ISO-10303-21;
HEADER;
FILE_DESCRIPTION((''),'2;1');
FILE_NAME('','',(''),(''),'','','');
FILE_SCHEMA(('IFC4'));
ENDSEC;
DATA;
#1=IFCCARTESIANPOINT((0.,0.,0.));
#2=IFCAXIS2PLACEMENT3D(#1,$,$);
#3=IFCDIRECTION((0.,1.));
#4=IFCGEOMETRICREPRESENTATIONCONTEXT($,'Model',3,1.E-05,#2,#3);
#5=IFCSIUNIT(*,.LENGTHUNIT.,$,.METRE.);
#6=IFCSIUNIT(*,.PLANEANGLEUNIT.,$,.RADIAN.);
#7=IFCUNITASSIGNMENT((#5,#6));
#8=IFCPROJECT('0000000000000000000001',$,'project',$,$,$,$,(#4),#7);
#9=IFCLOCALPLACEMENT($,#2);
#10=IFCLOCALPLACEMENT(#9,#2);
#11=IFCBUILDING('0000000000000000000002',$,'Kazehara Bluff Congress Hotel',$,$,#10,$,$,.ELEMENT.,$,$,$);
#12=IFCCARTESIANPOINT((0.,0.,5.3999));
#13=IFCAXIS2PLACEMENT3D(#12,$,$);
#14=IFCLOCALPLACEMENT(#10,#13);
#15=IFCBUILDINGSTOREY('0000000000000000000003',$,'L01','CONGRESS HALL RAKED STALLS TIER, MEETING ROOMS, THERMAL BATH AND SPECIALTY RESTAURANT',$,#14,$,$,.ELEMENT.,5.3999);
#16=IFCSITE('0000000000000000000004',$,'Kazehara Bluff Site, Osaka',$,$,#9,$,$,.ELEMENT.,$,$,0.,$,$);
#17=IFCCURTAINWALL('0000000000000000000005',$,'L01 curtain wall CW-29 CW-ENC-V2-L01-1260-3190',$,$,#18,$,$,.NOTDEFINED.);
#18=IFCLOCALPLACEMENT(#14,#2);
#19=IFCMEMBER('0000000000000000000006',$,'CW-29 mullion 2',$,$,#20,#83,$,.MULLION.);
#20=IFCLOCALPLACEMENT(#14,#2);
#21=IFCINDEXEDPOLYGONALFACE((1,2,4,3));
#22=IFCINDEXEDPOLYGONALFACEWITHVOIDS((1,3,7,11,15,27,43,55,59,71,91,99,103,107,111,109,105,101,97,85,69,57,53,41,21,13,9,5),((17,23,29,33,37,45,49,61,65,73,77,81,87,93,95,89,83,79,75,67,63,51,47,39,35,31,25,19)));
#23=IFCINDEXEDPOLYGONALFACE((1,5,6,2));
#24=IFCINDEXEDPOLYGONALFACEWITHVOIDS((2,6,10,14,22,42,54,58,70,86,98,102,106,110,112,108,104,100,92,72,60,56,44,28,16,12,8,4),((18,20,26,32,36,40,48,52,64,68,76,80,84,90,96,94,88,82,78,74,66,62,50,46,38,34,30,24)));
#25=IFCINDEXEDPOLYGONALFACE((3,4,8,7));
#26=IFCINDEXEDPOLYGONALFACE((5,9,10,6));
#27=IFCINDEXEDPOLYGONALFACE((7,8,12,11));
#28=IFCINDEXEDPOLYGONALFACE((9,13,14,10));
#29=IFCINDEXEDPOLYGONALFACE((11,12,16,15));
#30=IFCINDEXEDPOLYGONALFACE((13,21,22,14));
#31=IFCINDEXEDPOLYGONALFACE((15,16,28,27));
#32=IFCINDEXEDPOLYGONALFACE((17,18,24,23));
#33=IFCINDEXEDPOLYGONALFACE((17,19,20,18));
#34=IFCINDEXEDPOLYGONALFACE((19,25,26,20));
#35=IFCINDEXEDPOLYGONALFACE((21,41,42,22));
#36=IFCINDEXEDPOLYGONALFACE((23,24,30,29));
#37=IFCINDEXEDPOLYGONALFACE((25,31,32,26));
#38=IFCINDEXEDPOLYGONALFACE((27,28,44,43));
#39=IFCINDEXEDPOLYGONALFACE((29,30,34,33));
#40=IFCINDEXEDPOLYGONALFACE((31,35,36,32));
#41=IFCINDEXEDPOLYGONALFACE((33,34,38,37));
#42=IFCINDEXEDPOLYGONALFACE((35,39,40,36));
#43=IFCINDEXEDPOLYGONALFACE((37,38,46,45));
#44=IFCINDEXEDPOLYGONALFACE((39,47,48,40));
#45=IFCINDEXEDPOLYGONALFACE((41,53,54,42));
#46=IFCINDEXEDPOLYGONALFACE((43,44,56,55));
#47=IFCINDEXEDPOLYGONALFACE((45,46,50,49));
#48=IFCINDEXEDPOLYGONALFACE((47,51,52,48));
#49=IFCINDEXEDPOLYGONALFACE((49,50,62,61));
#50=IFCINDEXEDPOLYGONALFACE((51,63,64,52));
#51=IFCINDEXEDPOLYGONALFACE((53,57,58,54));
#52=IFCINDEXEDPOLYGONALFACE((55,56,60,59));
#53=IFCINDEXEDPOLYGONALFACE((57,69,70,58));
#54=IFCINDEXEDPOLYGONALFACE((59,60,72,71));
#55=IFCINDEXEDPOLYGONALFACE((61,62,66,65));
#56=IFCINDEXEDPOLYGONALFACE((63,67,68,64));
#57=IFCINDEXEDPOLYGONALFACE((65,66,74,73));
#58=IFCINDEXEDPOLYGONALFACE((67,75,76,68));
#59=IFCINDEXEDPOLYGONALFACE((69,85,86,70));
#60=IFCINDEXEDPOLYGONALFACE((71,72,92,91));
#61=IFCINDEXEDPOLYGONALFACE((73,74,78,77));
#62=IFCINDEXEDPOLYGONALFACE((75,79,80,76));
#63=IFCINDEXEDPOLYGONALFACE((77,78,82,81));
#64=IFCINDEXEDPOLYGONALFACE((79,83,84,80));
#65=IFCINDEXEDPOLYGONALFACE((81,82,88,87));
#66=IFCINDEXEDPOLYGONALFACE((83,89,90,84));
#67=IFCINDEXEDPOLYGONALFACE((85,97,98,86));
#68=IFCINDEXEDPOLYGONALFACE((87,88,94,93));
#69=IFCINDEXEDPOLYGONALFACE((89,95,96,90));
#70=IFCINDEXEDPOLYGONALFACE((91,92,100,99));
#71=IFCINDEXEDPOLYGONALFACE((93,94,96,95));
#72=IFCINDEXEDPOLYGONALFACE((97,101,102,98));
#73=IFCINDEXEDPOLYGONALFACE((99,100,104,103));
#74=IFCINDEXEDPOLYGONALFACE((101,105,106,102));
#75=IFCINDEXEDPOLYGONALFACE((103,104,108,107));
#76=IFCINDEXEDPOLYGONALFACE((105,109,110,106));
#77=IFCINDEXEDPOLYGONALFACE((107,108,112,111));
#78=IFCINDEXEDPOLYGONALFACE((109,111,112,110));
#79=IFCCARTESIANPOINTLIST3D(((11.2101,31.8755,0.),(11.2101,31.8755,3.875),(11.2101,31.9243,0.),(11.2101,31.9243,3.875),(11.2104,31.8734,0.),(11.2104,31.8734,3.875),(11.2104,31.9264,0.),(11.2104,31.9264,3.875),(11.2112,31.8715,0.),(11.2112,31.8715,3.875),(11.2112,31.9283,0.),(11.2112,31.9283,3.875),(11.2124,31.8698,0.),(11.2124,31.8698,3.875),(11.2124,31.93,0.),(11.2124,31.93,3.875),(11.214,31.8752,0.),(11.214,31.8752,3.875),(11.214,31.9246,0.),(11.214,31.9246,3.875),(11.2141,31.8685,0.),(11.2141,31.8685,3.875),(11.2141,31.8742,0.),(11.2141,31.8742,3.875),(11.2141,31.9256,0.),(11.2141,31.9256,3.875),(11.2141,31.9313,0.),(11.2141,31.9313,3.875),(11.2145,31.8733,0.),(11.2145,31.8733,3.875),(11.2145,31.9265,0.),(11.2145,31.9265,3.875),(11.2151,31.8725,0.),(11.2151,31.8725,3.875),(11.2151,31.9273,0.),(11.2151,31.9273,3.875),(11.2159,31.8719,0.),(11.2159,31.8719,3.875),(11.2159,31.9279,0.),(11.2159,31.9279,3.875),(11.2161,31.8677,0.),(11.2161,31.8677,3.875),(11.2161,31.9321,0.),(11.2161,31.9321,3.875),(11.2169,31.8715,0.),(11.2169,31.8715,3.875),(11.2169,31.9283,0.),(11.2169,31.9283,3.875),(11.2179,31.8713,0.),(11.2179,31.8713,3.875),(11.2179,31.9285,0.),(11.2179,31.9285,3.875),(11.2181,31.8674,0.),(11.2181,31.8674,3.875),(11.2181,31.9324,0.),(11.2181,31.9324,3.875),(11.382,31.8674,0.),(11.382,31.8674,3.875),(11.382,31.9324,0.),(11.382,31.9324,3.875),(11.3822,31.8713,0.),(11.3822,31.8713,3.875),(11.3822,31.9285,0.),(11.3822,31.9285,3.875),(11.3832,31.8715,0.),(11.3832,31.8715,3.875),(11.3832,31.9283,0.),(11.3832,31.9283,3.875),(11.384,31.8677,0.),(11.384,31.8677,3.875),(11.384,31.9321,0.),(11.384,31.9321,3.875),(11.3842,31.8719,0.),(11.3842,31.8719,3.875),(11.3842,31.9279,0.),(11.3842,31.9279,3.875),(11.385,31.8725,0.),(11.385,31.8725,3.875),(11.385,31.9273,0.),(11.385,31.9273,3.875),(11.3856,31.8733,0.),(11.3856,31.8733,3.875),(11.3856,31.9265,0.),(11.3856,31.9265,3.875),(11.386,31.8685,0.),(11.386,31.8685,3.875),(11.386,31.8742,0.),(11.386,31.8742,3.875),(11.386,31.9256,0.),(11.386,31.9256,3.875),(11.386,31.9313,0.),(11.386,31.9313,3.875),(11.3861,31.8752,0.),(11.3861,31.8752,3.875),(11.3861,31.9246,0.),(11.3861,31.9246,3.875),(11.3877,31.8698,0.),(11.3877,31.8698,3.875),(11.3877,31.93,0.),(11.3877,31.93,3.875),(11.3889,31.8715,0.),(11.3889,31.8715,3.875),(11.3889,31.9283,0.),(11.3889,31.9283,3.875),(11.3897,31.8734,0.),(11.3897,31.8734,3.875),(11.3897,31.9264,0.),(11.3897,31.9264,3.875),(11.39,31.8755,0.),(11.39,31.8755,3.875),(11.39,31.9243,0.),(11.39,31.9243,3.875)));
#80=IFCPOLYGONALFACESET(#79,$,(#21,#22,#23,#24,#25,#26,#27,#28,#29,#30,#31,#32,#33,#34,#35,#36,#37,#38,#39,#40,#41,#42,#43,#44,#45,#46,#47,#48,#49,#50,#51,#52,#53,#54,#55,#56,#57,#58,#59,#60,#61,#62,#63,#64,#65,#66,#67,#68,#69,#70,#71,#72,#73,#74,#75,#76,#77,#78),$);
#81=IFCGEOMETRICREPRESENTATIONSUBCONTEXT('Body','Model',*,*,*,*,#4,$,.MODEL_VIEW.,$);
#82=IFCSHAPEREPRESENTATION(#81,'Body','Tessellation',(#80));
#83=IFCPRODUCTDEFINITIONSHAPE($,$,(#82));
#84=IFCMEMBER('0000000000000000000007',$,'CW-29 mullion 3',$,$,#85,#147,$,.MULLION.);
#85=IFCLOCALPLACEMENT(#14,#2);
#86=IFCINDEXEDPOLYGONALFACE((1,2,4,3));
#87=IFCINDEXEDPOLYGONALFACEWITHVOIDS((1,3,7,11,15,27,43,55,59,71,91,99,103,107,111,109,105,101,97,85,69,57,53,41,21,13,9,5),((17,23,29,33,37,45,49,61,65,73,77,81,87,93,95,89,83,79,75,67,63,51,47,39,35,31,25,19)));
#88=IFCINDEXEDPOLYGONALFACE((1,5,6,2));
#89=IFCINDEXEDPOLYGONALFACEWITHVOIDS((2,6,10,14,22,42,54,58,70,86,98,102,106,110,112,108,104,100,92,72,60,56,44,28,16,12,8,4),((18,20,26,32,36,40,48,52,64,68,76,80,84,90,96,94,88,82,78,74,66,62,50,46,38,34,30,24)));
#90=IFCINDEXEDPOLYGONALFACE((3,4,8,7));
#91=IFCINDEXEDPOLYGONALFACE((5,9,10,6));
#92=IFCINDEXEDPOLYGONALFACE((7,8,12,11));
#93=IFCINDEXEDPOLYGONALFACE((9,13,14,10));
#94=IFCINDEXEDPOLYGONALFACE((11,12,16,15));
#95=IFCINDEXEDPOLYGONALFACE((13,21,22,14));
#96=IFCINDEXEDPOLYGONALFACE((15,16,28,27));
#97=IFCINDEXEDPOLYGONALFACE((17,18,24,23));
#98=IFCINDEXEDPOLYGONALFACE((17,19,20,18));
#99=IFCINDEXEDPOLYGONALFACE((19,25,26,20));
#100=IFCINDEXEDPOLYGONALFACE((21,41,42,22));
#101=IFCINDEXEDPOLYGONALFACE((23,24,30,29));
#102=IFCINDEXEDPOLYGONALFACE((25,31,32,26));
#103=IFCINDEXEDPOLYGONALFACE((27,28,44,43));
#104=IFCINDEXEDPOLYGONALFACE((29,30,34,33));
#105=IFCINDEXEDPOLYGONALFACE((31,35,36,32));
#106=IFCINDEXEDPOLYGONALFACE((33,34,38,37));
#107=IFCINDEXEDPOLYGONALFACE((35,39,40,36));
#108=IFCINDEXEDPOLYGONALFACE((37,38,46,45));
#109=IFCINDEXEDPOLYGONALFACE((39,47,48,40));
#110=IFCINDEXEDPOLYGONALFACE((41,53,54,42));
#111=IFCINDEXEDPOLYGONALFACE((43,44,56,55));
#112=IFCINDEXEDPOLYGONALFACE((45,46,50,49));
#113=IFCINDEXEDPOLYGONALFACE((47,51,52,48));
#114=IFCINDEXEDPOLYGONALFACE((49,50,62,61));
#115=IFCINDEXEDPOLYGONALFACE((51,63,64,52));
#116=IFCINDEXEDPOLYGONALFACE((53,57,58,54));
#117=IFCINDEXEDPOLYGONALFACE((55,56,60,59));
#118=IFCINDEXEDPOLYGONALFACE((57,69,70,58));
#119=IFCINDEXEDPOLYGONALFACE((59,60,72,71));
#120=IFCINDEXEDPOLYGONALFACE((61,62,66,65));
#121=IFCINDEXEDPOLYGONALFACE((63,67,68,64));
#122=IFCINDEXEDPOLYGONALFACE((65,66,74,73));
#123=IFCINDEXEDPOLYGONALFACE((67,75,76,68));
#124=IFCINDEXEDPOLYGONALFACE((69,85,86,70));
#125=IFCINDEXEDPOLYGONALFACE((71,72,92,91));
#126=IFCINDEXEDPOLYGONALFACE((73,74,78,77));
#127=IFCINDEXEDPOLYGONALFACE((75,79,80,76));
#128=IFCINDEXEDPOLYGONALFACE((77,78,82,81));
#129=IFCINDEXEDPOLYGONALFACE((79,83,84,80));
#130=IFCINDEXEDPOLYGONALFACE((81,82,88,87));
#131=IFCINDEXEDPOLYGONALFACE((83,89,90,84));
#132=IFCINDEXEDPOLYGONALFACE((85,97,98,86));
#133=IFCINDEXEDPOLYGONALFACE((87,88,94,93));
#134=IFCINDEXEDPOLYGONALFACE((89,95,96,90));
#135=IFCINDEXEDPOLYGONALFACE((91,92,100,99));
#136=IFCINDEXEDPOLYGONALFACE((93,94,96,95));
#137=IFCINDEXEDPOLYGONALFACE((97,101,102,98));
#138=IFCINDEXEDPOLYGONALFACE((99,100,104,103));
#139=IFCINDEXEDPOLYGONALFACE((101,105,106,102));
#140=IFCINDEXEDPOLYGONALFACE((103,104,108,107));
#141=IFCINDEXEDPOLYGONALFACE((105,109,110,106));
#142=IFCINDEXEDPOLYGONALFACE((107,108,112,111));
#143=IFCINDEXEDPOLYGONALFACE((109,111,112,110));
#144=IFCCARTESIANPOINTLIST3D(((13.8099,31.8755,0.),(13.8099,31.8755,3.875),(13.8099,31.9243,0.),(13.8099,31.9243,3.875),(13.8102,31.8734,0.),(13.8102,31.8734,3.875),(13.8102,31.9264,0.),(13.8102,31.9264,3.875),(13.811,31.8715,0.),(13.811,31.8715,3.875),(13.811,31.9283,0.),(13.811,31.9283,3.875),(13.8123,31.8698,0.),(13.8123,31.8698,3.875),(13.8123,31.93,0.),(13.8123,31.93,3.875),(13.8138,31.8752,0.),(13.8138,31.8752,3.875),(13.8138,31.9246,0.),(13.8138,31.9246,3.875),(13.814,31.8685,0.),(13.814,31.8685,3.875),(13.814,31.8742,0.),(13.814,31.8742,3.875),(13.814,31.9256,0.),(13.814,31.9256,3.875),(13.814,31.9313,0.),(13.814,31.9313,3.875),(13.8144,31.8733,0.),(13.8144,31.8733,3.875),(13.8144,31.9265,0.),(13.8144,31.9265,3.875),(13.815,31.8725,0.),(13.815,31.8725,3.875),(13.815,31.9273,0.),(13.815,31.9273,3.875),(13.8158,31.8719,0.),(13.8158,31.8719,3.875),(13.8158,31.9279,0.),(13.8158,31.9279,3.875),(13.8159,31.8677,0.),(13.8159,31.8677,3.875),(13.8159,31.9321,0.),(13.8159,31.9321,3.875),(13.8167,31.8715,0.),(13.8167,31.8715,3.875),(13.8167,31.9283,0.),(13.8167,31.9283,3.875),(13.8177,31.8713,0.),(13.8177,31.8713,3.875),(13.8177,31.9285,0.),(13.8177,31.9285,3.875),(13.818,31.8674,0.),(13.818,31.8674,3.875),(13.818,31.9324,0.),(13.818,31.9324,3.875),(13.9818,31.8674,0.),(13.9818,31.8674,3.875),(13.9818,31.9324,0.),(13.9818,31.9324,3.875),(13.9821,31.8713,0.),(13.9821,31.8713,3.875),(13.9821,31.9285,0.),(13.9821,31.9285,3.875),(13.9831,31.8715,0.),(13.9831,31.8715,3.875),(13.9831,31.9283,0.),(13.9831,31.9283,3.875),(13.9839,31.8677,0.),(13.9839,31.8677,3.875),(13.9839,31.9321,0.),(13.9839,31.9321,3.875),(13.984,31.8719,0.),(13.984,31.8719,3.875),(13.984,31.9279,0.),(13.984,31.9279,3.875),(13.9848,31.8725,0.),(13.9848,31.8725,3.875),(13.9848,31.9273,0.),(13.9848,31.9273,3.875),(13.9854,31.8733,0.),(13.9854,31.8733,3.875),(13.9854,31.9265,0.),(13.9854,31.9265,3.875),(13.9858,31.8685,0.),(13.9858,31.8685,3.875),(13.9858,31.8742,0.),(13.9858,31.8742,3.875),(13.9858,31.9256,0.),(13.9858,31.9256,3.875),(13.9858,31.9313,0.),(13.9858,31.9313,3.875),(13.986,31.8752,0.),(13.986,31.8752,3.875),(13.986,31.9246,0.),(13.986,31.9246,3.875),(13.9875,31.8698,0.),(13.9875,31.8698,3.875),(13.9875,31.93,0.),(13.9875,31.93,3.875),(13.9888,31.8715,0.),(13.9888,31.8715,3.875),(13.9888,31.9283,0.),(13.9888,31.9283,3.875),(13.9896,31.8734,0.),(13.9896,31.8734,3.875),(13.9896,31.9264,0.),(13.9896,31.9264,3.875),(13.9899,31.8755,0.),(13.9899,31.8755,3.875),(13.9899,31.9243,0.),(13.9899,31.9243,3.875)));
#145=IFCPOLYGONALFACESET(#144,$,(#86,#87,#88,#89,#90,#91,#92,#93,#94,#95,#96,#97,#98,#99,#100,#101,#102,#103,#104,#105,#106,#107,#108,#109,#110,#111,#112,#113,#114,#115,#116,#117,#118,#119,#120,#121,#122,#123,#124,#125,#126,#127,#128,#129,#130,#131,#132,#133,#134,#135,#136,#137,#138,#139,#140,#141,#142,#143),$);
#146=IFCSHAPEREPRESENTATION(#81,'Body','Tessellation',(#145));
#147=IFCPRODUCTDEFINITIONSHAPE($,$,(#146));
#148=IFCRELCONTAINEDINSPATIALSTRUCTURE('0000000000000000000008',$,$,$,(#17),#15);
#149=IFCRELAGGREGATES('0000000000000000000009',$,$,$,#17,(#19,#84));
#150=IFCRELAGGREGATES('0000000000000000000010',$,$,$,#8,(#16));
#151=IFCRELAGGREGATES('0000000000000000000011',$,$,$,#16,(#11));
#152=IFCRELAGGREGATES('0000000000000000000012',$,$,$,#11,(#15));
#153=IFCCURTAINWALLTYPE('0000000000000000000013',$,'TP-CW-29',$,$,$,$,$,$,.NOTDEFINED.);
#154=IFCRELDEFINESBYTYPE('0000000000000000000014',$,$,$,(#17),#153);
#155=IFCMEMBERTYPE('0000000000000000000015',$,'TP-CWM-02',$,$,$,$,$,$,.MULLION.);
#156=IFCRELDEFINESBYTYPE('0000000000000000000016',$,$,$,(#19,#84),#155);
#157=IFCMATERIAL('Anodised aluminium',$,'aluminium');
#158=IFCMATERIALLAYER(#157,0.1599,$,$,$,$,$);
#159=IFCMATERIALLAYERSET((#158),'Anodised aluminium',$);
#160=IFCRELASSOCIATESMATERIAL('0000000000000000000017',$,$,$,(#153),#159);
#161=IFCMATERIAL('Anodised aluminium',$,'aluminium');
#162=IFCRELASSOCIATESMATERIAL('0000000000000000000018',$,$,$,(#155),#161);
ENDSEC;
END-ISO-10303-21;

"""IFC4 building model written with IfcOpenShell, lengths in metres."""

from ifc_helpers import new_model, si_unit, direction, frame, origin, origin_2d, place, context, subcontext, project, spatial, hollow_rectangle, extrude, material, layer, layer_set, material_profile, profile_set, type_object, element, aggregate, save


model = new_model("IFC4")

# Units and contexts
model_context = context("Model", 3, precision=1e-05, world=origin(), true_north=direction((0.0, 1.0)))
body_context = subcontext(model_context, "Body", "Model", "MODEL_VIEW")
ifc_project = project(units=[si_unit("LENGTHUNIT", "METRE"), si_unit("PLANEANGLEUNIT", "RADIAN")], contexts=[model_context])

# Site, building, storey
site_placement = place(None, origin())
site = spatial("IfcSite", under=ifc_project, at=site_placement, Name="Kazehara Bluff Site, Osaka", CompositionType="ELEMENT", RefElevation=0.0)
building_placement = place(site_placement, origin())
building = spatial("IfcBuilding", under=site, at=building_placement, Name="Kazehara Bluff Congress Hotel", CompositionType="ELEMENT")
storey_placement = place(building_placement, frame((0.0, 0.0, 5.3999)))
storey = spatial("IfcBuildingStorey", under=building, at=storey_placement, Name="L01", Description="CONGRESS HALL RAKED STALLS TIER, MEETING ROOMS, THERMAL BATH AND SPECIALTY RESTAURANT", CompositionType="ELEMENT", Elevation=5.3999)

# Curtain wall, members
ifc_material_1 = material(Name="Anodised aluminium", Category="aluminium")
ifc_layer_1 = layer(ifc_material_1, 0.1599)
ifc_layer_set_1 = layer_set([ifc_layer_1], Name="Anodised aluminium")
curtain_wall_type_1 = type_object("IfcCurtainWallType", Name="TP-CW-29", PredefinedType="NOTDEFINED", material=ifc_layer_set_1)
curtain_wall_1_placement = place(storey_placement, origin())
curtain_wall_1 = element("IfcCurtainWall", 1, at=curtain_wall_1_placement, inside=storey, type_object=curtain_wall_type_1, Name="L01 curtain wall CW-29 CW-ENC-V2-L01-1260-3190", PredefinedType="NOTDEFINED")
ifc_material_2 = material(Name="Anodised aluminium", Category="aluminium")
ifc_material_profile_1 = material_profile(ifc_material_2, hollow_rectangle(XDim=0.0649, YDim=0.1799, WallThickness=0.0039, InnerFilletRadius=0.0039, OuterFilletRadius=0.0081, at=origin_2d()))
ifc_profile_set_1 = profile_set([ifc_material_profile_1], Name="Anodised aluminium")
member_type_1 = type_object("IfcMemberType", Name="TP-CWM-02", PredefinedType="MULLION", material=ifc_profile_set_1)
member_1_placement = place(storey_placement, frame((11.3, 31.8999, 0.0), z_axis=(0.0, 0.0, 1.0), x_axis=(0.0, 1.0, 0.0)))
member_1 = element("IfcMember", 2, at=member_1_placement, type_object=member_type_1, Name="CW-29 mullion 2", PredefinedType="MULLION", context=body_context, shape_type="SweptSolid", body=[
    extrude(hollow_rectangle(XDim=0.0649, YDim=0.1799, WallThickness=0.0039, InnerFilletRadius=0.0039, OuterFilletRadius=0.0081, at=origin_2d()), origin(), (0.0, 0.0, 1.0), 3.875),
])
member_2_placement = place(storey_placement, frame((13.8999, 31.8999, 0.0), z_axis=(0.0, 0.0, 1.0), x_axis=(0.0, 1.0, 0.0)))
member_2 = element("IfcMember", 3, at=member_2_placement, type_object=member_type_1, Name="CW-29 mullion 3", PredefinedType="MULLION", context=body_context, shape_type="SweptSolid", body=[
    extrude(hollow_rectangle(XDim=0.0649, YDim=0.1799, WallThickness=0.0039, InnerFilletRadius=0.0039, OuterFilletRadius=0.0081, at=origin_2d()), origin(), (0.0, 0.0, 1.0), 3.875),
])

aggregate(curtain_wall_1, [member_1, member_2])

save(model, "model.ifc")
